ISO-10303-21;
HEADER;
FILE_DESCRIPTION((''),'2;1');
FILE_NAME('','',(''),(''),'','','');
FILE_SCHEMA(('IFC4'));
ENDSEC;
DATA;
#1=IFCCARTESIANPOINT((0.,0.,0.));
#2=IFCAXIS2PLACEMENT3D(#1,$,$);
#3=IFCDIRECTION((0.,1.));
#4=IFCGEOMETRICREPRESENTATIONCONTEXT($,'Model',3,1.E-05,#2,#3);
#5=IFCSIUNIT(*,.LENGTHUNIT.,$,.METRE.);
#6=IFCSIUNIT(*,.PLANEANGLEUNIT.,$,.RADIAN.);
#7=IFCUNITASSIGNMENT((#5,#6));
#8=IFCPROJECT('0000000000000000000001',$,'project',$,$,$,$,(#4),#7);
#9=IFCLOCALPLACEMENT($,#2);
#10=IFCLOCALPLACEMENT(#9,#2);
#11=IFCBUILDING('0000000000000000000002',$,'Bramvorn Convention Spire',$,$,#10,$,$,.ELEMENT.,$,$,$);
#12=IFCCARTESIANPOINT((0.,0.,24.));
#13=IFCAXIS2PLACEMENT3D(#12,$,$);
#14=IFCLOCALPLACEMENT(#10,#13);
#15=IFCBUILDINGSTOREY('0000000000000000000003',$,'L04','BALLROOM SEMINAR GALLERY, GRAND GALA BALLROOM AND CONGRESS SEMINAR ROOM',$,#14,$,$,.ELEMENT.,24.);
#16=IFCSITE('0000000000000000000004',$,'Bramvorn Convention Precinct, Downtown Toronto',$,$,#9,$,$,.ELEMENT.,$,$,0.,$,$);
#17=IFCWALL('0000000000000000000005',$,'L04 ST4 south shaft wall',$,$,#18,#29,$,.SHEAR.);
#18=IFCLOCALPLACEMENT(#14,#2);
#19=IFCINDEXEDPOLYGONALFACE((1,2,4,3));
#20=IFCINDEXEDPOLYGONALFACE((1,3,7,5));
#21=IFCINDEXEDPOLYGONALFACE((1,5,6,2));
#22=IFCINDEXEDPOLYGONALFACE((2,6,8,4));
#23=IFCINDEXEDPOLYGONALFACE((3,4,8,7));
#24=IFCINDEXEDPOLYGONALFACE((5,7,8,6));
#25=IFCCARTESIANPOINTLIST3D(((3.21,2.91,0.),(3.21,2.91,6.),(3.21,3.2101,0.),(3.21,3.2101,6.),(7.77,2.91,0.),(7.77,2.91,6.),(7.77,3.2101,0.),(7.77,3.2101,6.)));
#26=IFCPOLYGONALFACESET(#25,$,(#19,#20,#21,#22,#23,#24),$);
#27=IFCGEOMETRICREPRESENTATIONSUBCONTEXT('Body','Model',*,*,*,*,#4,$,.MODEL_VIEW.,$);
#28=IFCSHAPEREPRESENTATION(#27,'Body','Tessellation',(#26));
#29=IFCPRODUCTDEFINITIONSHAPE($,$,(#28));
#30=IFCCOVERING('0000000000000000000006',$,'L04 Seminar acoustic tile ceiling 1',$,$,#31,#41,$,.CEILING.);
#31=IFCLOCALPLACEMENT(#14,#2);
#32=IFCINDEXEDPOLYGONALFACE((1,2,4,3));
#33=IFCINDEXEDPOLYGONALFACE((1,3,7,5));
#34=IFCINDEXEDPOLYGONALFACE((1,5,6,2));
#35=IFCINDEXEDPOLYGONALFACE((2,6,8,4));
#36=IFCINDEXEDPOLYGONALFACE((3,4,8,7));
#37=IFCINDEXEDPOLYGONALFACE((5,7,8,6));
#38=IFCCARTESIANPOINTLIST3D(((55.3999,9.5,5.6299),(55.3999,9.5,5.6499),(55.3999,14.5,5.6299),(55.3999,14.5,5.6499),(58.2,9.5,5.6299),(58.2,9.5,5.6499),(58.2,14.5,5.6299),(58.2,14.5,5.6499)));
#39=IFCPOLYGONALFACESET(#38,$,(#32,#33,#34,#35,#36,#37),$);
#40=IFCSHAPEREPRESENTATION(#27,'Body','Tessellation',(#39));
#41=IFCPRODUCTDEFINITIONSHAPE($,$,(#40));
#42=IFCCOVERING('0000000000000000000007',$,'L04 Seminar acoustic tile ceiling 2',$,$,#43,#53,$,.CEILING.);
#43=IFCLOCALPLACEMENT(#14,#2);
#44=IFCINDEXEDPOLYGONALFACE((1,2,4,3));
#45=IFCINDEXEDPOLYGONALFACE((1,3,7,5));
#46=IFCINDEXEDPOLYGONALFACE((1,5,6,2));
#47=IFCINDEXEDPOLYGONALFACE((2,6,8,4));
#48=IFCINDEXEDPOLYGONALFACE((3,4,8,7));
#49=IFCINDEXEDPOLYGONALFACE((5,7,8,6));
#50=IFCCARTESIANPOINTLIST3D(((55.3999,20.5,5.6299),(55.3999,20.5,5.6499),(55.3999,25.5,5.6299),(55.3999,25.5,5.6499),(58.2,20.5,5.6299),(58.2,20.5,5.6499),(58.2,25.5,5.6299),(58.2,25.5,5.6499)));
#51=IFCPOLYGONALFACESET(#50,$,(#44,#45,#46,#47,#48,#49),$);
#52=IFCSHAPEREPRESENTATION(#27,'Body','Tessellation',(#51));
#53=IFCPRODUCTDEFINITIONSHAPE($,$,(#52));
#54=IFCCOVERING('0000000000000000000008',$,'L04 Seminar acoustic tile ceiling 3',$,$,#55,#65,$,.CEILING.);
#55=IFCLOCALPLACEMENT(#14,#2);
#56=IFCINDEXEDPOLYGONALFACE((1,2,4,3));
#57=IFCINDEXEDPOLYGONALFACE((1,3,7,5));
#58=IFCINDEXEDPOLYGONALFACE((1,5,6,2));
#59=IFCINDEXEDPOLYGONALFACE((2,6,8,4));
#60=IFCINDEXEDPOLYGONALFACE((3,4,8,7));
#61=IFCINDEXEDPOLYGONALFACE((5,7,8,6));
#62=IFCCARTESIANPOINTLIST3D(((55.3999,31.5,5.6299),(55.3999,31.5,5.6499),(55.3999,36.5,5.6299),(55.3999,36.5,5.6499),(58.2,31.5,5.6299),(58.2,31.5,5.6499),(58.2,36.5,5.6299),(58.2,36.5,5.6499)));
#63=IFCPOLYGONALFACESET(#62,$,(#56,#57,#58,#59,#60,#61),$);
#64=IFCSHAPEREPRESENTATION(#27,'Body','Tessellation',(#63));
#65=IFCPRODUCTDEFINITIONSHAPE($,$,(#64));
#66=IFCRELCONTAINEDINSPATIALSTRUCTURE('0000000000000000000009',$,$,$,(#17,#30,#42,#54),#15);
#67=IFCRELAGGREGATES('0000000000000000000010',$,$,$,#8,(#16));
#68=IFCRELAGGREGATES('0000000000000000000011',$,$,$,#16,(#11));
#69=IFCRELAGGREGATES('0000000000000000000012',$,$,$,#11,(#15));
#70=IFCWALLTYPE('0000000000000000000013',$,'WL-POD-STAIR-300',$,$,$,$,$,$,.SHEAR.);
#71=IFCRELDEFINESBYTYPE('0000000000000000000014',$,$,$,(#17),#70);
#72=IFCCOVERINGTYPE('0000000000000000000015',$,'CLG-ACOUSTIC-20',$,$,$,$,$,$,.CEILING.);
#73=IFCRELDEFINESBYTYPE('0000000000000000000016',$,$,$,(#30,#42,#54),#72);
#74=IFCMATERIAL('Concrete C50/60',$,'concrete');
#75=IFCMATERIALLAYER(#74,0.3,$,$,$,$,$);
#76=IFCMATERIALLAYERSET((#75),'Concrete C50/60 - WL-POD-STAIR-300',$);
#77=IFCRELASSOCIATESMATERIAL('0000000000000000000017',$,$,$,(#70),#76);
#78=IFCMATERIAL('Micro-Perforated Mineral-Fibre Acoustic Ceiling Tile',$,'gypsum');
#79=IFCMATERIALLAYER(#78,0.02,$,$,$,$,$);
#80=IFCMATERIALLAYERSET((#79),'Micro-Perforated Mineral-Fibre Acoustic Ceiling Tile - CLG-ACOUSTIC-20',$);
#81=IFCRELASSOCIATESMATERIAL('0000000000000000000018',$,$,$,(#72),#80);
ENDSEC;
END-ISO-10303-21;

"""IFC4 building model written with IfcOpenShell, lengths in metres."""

from ifc_helpers import new_model, si_unit, direction, frame, frame_2d, origin, place, context, subcontext, project, spatial, polyline, rectangle, outline, extrude, material, layer, layer_set, type_object, element, save


model = new_model("IFC4")

# Units and contexts
model_context = context("Model", 3, precision=1e-05, world=origin(), true_north=direction((0.0, 1.0)))
body_context = subcontext(model_context, "Body", "Model", "MODEL_VIEW")
ifc_project = project(units=[si_unit("LENGTHUNIT", "METRE"), si_unit("PLANEANGLEUNIT", "RADIAN")], contexts=[model_context])

# Site, building, storey
site_placement = place(None, origin())
site = spatial("IfcSite", under=ifc_project, at=site_placement, Name="Bramvorn Convention Precinct, Downtown Toronto", CompositionType="ELEMENT", RefElevation=0.0)
building_placement = place(site_placement, origin())
building = spatial("IfcBuilding", under=site, at=building_placement, Name="Bramvorn Convention Spire", CompositionType="ELEMENT")
storey_placement = place(building_placement, frame((0.0, 0.0, 24.0)))
storey = spatial("IfcBuildingStorey", under=building, at=storey_placement, Name="L04", Description="BALLROOM SEMINAR GALLERY, GRAND GALA BALLROOM AND CONGRESS SEMINAR ROOM", CompositionType="ELEMENT", Elevation=24.0)

# Shared definitions
ifc_material_1 = material(Name="Concrete C50/60", Category="concrete")

# Wall
ifc_layer_1 = layer(ifc_material_1, 0.3)
ifc_layer_set_1 = layer_set([ifc_layer_1], Name="Concrete C50/60 - WL-POD-STAIR-300")
wall_type_1 = type_object("IfcWallType", Name="WL-POD-STAIR-300", PredefinedType="SHEAR", material=ifc_layer_set_1)
wall_1_placement = place(storey_placement, frame((3.21, 3.0601, 0.0), z_axis=(0.0, 0.0, 1.0), x_axis=(1.0, 0.0, 0.0)))
element("IfcWall", 1, at=wall_1_placement, inside=storey, type_object=wall_type_1, Name="L04 ST4 south shaft wall", PredefinedType="SHEAR", context=body_context, shape_type="SweptSolid", body=[
    extrude(rectangle(XDim=4.5601, YDim=0.3, at=frame_2d((2.28, 0.0))), origin(), (0.0, 0.0, 1.0), 6.0),
])

# Coverings
ifc_material_2 = material(Name="Micro-Perforated Mineral-Fibre Acoustic Ceiling Tile", Category="gypsum")
ifc_layer_2 = layer(ifc_material_2, 0.02)
ifc_layer_set_2 = layer_set([ifc_layer_2], Name="Micro-Perforated Mineral-Fibre Acoustic Ceiling Tile - CLG-ACOUSTIC-20")
covering_type = type_object("IfcCoveringType", Name="CLG-ACOUSTIC-20", PredefinedType="CEILING", material=ifc_layer_set_2)
covering_1_placement = place(storey_placement, frame((0.0, 0.0, 5.6299)))
element("IfcCovering", 2, at=covering_1_placement, inside=storey, type_object=covering_type, Name="L04 Seminar acoustic tile ceiling 1", PredefinedType="CEILING", context=body_context, shape_type="SweptSolid", body=[
    extrude(outline(polyline([(55.3999, 9.5), (58.2, 9.5), (58.2, 14.5), (55.3999, 14.5), (55.3999, 9.5)])), origin(), (0.0, 0.0, 1.0), 0.02),
])
covering_2_placement = place(storey_placement, frame((0.0, 0.0, 5.6299)))
element("IfcCovering", 3, at=covering_2_placement, inside=storey, type_object=covering_type, Name="L04 Seminar acoustic tile ceiling 2", PredefinedType="CEILING", context=body_context, shape_type="SweptSolid", body=[
    extrude(outline(polyline([(55.3999, 20.5), (58.2, 20.5), (58.2, 25.5), (55.3999, 25.5), (55.3999, 20.5)])), origin(), (0.0, 0.0, 1.0), 0.02),
])
covering_3_placement = place(storey_placement, frame((0.0, 0.0, 5.6299)))
element("IfcCovering", 4, at=covering_3_placement, inside=storey, type_object=covering_type, Name="L04 Seminar acoustic tile ceiling 3", PredefinedType="CEILING", context=body_context, shape_type="SweptSolid", body=[
    extrude(outline(polyline([(55.3999, 31.5), (58.2, 31.5), (58.2, 36.5), (55.3999, 36.5), (55.3999, 31.5)])), origin(), (0.0, 0.0, 1.0), 0.02),
])

save(model, "model.ifc")
